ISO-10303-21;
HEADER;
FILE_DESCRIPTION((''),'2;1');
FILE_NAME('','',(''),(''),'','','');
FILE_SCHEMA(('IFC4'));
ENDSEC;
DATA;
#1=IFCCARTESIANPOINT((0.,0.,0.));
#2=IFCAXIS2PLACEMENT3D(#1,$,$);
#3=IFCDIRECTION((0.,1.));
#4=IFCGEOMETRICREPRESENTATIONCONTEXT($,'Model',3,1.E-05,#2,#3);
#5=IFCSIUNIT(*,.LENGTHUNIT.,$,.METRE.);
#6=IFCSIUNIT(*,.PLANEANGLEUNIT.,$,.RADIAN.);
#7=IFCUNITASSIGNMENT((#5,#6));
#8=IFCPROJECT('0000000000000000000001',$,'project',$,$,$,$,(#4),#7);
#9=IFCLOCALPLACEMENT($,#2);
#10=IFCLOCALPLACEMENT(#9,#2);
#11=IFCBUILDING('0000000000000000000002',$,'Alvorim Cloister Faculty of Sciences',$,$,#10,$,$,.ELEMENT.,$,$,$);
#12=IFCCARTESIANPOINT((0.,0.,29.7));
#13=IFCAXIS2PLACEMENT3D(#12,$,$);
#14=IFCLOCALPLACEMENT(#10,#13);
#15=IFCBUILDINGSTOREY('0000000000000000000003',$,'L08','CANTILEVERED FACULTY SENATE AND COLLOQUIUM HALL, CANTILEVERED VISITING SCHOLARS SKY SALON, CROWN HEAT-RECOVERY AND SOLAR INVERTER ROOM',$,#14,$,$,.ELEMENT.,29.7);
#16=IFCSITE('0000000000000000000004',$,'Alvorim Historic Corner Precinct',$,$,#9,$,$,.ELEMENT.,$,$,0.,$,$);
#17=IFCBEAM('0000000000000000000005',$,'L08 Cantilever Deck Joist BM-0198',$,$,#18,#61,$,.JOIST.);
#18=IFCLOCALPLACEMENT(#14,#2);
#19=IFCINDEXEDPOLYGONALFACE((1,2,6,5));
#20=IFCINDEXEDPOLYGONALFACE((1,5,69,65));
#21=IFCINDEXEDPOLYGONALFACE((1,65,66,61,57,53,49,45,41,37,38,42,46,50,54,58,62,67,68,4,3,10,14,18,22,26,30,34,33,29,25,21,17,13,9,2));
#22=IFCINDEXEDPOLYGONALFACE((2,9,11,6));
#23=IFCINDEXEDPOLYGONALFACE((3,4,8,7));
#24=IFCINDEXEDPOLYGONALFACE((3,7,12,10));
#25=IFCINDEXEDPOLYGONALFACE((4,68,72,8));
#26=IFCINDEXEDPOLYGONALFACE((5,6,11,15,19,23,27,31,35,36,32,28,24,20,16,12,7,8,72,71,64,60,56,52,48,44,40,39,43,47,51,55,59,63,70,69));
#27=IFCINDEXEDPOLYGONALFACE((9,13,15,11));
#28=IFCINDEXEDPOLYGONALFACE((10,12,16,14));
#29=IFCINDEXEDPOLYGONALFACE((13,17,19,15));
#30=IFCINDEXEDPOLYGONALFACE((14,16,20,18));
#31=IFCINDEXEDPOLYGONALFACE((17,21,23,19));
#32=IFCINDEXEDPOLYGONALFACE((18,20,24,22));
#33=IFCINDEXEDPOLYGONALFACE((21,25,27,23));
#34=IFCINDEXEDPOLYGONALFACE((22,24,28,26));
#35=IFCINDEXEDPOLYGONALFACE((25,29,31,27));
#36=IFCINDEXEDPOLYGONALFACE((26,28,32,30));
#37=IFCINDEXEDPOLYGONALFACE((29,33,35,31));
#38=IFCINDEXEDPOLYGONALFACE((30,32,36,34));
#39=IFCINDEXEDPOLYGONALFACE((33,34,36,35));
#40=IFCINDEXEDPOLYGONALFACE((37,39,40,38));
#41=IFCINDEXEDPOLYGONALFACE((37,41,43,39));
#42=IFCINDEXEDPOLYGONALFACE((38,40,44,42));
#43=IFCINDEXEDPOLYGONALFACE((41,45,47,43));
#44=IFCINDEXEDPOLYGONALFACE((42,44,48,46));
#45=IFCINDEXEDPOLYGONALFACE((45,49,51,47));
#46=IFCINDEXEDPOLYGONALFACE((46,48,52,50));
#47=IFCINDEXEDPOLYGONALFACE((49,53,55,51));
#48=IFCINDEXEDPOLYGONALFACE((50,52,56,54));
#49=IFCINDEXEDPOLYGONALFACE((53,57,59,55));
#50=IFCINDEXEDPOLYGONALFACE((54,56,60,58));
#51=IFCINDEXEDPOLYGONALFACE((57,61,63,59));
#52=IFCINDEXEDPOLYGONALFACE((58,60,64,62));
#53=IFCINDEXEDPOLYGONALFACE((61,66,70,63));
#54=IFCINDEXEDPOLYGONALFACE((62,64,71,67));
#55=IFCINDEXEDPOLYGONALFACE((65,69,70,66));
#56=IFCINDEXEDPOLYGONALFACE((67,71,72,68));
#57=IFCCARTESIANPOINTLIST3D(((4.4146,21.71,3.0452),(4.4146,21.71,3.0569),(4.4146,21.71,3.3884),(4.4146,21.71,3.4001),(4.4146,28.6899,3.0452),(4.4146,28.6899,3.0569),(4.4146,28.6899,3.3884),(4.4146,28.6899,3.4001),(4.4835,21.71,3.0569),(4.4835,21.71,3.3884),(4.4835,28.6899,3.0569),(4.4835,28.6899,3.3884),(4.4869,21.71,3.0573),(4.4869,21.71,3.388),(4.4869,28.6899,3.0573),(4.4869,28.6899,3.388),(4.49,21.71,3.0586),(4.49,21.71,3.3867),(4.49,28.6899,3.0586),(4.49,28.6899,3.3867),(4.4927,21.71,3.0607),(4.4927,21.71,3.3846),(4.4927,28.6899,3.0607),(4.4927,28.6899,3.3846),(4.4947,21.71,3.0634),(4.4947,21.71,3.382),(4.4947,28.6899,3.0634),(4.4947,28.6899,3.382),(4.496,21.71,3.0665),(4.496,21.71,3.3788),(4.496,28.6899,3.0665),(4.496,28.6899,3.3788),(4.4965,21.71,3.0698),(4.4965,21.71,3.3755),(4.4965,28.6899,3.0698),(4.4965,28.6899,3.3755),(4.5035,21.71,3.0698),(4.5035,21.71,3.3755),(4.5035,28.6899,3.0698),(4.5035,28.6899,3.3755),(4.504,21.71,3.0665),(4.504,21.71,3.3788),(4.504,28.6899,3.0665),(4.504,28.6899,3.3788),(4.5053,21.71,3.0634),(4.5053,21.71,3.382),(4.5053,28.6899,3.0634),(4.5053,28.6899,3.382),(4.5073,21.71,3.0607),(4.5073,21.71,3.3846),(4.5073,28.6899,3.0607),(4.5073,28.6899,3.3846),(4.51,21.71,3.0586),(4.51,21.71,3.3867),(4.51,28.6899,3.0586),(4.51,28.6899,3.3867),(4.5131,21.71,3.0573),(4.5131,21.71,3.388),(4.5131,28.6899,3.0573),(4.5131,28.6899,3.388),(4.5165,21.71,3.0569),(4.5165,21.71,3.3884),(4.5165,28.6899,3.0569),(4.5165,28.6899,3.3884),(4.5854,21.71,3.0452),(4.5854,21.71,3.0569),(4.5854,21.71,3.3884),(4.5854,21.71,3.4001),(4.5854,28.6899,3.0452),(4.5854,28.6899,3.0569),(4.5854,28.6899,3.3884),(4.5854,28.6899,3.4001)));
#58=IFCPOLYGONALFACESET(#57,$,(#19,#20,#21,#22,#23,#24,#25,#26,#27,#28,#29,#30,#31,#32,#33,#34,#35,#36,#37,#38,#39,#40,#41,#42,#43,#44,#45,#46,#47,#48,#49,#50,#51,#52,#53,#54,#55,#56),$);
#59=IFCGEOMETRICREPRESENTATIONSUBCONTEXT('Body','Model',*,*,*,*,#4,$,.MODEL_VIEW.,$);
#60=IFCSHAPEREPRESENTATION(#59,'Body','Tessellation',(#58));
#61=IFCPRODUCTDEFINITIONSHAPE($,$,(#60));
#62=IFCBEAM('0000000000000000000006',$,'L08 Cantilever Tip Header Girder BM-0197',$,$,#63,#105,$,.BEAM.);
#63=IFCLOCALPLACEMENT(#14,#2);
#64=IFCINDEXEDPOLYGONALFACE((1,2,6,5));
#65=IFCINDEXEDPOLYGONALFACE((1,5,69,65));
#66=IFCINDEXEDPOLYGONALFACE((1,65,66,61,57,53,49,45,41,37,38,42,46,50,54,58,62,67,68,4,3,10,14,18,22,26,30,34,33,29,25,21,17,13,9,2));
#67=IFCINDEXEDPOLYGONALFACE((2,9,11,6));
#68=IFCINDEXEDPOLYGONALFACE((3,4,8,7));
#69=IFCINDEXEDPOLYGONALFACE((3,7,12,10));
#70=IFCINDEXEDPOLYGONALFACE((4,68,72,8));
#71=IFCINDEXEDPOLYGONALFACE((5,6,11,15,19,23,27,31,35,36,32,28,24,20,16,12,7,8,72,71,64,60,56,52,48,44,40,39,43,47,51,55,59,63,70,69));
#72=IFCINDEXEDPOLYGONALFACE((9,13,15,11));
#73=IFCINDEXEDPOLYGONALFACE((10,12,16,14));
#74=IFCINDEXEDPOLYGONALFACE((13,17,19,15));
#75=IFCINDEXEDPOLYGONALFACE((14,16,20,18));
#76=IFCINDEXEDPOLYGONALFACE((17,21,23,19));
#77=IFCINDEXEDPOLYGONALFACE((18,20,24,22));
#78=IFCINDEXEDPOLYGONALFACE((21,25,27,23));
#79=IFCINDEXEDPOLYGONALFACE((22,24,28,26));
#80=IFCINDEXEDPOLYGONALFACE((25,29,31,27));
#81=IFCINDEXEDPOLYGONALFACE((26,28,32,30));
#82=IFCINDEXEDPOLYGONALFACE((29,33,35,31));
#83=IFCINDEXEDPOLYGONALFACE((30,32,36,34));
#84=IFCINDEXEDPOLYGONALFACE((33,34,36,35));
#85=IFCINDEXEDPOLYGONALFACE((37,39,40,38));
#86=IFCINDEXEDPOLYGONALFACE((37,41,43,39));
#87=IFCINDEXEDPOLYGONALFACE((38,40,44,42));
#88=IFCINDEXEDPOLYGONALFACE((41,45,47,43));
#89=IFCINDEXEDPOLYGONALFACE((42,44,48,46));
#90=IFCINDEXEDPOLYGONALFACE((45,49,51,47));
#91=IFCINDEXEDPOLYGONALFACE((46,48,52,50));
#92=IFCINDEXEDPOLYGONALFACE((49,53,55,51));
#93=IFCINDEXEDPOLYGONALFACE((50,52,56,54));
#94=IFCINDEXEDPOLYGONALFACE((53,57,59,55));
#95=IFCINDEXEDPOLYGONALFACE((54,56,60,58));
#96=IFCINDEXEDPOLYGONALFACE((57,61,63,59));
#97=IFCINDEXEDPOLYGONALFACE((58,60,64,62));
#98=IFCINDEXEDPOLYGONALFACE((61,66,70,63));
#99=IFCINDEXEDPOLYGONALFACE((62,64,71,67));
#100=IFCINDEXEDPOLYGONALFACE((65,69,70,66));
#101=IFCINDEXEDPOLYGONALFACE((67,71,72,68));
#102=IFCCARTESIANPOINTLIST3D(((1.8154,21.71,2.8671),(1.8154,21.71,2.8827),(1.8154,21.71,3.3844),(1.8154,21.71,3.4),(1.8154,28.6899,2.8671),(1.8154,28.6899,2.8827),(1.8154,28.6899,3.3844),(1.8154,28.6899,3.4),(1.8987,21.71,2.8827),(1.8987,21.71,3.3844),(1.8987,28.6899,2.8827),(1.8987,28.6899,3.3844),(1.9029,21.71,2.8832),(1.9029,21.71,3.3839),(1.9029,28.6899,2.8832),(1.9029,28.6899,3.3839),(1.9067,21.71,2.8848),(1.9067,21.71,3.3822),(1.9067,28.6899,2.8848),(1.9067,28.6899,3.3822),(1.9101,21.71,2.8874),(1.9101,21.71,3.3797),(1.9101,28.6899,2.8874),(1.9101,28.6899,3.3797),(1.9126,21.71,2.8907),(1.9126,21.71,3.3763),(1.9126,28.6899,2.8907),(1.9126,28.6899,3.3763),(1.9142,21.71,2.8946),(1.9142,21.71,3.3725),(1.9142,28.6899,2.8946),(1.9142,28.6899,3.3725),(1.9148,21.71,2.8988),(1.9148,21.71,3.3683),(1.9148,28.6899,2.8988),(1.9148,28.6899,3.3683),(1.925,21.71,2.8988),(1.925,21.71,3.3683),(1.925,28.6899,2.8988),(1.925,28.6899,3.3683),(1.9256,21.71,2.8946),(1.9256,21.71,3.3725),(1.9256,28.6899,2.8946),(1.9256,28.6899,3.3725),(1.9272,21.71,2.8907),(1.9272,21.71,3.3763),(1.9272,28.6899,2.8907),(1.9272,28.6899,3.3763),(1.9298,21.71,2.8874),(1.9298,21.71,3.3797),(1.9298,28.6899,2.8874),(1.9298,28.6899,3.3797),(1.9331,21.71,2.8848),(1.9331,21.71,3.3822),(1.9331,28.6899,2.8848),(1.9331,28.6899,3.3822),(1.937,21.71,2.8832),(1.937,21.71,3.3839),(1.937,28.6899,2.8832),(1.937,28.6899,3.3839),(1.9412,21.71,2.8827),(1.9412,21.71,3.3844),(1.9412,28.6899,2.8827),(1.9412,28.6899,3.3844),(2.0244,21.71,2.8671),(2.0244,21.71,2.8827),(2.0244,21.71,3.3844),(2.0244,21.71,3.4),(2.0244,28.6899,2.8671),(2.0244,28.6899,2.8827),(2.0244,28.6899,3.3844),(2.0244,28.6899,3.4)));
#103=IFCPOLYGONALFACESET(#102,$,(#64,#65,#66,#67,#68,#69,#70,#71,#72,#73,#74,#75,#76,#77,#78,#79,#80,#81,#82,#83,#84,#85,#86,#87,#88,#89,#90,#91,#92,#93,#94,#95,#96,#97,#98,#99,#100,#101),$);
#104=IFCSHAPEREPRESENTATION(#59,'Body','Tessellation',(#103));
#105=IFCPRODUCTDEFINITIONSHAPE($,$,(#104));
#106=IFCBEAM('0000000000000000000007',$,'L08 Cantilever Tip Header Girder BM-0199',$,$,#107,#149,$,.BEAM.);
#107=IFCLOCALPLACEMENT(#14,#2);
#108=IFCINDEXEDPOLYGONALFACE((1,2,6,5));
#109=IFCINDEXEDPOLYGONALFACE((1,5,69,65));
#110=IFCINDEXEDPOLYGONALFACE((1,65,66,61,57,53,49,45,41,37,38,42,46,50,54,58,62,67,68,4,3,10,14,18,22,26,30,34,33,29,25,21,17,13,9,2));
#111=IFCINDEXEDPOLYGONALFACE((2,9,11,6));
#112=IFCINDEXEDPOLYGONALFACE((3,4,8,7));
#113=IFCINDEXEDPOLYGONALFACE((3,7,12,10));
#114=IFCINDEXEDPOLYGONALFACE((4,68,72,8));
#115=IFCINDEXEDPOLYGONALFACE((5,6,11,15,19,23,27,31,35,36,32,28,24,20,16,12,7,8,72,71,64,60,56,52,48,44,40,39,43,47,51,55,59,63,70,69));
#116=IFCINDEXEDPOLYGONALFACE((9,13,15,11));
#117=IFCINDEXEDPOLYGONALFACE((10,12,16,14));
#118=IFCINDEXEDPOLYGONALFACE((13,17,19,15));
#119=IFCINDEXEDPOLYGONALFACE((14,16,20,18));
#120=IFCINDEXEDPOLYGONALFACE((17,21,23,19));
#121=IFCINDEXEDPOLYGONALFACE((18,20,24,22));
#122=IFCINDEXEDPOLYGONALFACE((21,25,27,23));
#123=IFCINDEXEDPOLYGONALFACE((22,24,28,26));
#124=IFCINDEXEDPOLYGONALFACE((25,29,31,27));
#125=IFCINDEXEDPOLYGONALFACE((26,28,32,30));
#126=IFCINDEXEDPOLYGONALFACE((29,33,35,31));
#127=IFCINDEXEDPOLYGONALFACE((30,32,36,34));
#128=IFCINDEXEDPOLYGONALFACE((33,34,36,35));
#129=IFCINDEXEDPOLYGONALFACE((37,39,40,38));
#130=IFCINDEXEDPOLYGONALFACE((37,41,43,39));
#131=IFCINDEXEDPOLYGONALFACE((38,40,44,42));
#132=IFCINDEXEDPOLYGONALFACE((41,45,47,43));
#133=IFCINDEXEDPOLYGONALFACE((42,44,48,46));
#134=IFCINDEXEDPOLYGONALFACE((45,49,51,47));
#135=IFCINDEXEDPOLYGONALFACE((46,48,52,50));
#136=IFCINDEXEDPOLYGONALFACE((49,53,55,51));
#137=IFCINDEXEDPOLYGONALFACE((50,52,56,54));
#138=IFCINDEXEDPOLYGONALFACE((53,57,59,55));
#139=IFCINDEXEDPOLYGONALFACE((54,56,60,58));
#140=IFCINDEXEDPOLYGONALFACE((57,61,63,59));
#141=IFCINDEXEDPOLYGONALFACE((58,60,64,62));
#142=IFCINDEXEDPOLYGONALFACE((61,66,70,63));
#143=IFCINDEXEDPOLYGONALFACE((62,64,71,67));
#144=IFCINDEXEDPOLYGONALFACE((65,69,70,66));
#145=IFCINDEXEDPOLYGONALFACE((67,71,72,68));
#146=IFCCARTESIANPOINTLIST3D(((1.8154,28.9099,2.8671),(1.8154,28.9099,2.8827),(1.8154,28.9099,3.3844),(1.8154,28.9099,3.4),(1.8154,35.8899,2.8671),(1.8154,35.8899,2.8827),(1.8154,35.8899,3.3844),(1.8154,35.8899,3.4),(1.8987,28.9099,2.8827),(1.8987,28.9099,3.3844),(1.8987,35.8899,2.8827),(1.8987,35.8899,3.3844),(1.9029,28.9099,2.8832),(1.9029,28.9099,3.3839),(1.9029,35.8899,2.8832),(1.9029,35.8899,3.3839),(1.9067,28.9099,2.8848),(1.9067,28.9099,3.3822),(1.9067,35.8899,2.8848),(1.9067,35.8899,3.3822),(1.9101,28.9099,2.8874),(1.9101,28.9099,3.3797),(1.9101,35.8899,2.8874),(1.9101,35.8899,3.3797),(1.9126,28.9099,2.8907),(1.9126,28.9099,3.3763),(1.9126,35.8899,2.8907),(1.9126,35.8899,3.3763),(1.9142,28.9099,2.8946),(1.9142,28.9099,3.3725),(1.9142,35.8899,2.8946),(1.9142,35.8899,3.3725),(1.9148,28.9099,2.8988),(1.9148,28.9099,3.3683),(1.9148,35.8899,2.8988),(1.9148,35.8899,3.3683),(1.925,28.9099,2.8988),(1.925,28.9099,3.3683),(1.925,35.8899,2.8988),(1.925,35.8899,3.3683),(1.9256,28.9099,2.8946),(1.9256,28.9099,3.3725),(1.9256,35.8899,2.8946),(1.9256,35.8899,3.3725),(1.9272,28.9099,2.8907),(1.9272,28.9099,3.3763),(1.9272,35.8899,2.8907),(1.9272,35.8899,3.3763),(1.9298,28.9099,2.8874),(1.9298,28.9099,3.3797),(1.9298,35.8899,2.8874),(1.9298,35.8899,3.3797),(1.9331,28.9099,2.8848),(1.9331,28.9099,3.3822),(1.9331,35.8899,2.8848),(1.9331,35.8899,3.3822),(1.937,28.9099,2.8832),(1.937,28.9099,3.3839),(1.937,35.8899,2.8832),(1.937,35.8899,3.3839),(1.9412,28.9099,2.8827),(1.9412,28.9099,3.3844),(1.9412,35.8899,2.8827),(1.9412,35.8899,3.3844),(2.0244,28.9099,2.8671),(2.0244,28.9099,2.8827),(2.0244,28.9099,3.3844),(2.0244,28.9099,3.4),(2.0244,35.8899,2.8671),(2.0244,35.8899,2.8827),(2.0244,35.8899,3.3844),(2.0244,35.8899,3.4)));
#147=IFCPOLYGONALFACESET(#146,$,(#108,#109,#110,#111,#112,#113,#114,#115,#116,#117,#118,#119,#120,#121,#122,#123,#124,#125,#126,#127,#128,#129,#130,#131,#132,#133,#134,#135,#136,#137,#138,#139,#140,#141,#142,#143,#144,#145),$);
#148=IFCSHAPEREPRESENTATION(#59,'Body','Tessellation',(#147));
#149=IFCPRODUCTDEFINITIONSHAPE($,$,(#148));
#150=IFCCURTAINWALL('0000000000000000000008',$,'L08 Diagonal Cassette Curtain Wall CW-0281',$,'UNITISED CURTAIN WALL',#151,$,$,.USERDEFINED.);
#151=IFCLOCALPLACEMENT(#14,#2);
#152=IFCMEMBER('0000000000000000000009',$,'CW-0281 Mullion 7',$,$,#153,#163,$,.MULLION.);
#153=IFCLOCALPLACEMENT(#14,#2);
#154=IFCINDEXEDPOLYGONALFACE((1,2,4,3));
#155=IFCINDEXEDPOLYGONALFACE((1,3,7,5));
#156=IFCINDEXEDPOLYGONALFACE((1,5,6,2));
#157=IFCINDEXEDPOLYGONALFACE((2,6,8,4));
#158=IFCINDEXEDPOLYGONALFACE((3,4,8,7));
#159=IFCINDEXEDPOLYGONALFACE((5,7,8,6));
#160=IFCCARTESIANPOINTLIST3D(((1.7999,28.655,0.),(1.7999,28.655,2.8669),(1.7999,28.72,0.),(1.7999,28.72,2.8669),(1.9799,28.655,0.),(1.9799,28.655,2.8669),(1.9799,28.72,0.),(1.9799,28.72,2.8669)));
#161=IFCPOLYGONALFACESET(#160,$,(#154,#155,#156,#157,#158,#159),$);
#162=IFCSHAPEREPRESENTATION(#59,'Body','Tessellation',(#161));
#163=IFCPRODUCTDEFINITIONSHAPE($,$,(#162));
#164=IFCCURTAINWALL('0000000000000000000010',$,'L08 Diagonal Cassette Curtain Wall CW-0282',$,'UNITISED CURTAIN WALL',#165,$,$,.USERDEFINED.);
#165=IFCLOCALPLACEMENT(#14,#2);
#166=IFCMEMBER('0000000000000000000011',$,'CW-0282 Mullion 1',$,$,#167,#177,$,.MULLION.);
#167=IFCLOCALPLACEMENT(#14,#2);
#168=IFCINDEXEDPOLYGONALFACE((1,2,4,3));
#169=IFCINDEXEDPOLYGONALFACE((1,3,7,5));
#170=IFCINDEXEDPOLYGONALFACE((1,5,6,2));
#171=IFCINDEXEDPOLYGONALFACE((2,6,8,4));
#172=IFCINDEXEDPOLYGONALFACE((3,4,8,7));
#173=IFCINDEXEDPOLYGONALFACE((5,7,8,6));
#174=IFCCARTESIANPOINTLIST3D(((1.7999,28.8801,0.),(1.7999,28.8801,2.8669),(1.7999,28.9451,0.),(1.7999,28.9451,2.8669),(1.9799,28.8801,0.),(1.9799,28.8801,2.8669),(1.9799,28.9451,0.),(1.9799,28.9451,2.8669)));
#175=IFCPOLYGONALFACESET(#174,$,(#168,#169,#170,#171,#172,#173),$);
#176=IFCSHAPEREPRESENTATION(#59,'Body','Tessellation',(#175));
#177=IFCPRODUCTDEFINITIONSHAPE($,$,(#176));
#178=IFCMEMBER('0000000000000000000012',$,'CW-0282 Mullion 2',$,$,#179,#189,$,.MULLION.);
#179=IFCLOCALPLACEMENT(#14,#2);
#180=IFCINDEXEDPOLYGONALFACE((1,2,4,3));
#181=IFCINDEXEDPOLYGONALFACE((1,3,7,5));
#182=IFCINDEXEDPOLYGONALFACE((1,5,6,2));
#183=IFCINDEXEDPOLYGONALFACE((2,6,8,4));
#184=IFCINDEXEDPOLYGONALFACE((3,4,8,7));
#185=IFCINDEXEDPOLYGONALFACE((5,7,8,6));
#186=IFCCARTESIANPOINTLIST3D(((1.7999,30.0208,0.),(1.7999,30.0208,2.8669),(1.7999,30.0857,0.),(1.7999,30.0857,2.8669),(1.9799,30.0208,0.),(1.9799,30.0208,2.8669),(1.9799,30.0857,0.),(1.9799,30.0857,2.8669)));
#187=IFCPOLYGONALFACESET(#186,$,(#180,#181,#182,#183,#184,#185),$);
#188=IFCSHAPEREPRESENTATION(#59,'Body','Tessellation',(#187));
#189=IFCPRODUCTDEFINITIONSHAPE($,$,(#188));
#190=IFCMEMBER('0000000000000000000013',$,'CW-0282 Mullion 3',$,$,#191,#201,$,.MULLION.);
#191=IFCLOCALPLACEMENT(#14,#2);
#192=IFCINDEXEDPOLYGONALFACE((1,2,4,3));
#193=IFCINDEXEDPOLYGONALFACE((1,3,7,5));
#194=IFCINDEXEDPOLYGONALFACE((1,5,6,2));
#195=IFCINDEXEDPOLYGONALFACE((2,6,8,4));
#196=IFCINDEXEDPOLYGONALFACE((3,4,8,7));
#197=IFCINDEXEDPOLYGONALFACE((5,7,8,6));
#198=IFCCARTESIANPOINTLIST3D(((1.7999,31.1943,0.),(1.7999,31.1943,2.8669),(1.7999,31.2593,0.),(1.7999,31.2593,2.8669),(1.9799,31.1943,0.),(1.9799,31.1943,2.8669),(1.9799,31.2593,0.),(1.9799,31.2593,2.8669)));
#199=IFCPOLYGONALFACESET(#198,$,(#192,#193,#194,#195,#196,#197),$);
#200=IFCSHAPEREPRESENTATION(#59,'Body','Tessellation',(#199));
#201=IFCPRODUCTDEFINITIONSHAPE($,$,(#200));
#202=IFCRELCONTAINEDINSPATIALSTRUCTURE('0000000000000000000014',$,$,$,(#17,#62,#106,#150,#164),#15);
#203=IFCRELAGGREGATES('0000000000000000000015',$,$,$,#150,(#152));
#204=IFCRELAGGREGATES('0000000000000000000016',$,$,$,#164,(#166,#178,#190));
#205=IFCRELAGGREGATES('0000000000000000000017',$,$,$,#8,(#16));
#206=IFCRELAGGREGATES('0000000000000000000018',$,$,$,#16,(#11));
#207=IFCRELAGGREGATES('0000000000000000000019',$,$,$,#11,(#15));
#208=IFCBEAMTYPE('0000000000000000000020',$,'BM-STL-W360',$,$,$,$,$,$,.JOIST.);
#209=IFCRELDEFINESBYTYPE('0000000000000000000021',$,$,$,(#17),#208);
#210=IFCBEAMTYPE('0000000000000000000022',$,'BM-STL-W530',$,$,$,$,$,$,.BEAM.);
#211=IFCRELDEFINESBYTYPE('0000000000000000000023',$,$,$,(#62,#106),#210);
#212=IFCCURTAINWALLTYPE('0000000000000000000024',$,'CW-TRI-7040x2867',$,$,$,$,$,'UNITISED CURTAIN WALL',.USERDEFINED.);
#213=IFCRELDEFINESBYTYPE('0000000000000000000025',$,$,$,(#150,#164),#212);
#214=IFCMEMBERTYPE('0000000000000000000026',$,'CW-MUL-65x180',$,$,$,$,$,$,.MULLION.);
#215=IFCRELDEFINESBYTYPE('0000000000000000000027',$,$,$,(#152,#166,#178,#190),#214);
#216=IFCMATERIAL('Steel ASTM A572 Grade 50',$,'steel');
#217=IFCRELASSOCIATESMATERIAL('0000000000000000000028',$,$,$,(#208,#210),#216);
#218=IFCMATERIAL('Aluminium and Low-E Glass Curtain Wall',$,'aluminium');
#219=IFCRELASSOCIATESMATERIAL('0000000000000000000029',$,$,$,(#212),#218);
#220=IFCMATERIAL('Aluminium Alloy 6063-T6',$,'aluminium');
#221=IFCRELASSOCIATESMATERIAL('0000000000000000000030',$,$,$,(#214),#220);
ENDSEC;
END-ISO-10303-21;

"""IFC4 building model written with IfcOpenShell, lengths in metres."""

from ifc_helpers import new_model, si_unit, direction, frame, origin, origin_2d, place, context, subcontext, project, spatial, rectangle, i_section, extrude, material, material_profile, profile_set, type_object, element, aggregate, save


model = new_model("IFC4")

# Units and contexts
model_context = context("Model", 3, precision=1e-05, world=origin(), true_north=direction((0.0, 1.0)))
body_context = subcontext(model_context, "Body", "Model", "MODEL_VIEW")
ifc_project = project(units=[si_unit("LENGTHUNIT", "METRE"), si_unit("PLANEANGLEUNIT", "RADIAN")], contexts=[model_context])

# Site, building, storey
site_placement = place(None, origin())
site = spatial("IfcSite", under=ifc_project, at=site_placement, Name="Alvorim Historic Corner Precinct", CompositionType="ELEMENT", RefElevation=0.0)
building_placement = place(site_placement, origin())
building = spatial("IfcBuilding", under=site, at=building_placement, Name="Alvorim Cloister Faculty of Sciences", CompositionType="ELEMENT")
storey_placement = place(building_placement, frame((0.0, 0.0, 29.7)))
storey = spatial("IfcBuildingStorey", under=building, at=storey_placement, Name="L08", Description="CANTILEVERED FACULTY SENATE AND COLLOQUIUM HALL, CANTILEVERED VISITING SCHOLARS SKY SALON, CROWN HEAT-RECOVERY AND SOLAR INVERTER ROOM", CompositionType="ELEMENT", Elevation=29.7)

# Beams
ifc_material_1 = material(Name="Steel ASTM A572 Grade 50", Category="steel")
ifc_material_profile_1 = material_profile(ifc_material_1, i_section(OverallWidth=0.1709, OverallDepth=0.355, WebThickness=0.0071, FlangeThickness=0.0117, FilletRadius=0.0129, at=origin_2d()), Name="W360x51.0")
ifc_profile_set_1 = profile_set([ifc_material_profile_1], Name="Steel ASTM A572 Grade 50")
beam_type_1 = type_object("IfcBeamType", Name="BM-STL-W360", PredefinedType="JOIST", material=ifc_profile_set_1)
beam_placement = place(storey_placement, frame((4.5, 21.71, 3.2227), z_axis=(0.0, 1.0, 0.0), x_axis=(-1.0, 0.0, 0.0)))
element("IfcBeam", 1, at=beam_placement, inside=storey, type_object=beam_type_1, Name="L08 Cantilever Deck Joist BM-0198", PredefinedType="JOIST", context=body_context, shape_type="SweptSolid", body=[
    extrude(i_section(OverallWidth=0.1709, OverallDepth=0.355, WebThickness=0.0071, FlangeThickness=0.0117, FilletRadius=0.0129, at=origin_2d()), origin(), (0.0, 0.0, 1.0), 6.98),
])
ifc_material_profile_2 = material_profile(ifc_material_1, i_section(OverallWidth=0.209, OverallDepth=0.533, WebThickness=0.0103, FlangeThickness=0.0156, FilletRadius=0.0161, at=origin_2d()), Name="W530x92.0")
ifc_profile_set_2 = profile_set([ifc_material_profile_2], Name="Steel ASTM A572 Grade 50")
beam_type_2 = type_object("IfcBeamType", Name="BM-STL-W530", PredefinedType="BEAM", material=ifc_profile_set_2)
for number, where, z_axis, x_axis, name in (
    (2, (1.9199, 21.71, 3.1335), (0.0, 1.0, 0.0), (-1.0, 0.0, 0.0), "L08 Cantilever Tip Header Girder BM-0197"),
    (3, (1.9199, 28.9099, 3.1335), (0.0, 1.0, 0.0), (-1.0, 0.0, 0.0), "L08 Cantilever Tip Header Girder BM-0199"),
):
    element("IfcBeam", number, at=place(storey_placement, frame(where, z_axis=z_axis, x_axis=x_axis)), inside=storey, type_object=beam_type_2, Name=name, PredefinedType="BEAM", context=body_context, shape_type="SweptSolid", body=[
        extrude(i_section(OverallWidth=0.209, OverallDepth=0.533, WebThickness=0.0103, FlangeThickness=0.0156, FilletRadius=0.0161, at=origin_2d()), origin(), (0.0, 0.0, 1.0), 6.98),
    ])

# Curtain wall, member
ifc_material_2 = material(Name="Aluminium and Low-E Glass Curtain Wall", Category="aluminium")
curtain_wall_type = type_object("IfcCurtainWallType", Name="CW-TRI-7040x2867", ElementType="UNITISED CURTAIN WALL", PredefinedType="USERDEFINED", material=ifc_material_2)
curtain_wall_1_placement = place(storey_placement, origin())
curtain_wall_1 = element("IfcCurtainWall", 4, at=curtain_wall_1_placement, inside=storey, type_object=curtain_wall_type, Name="L08 Diagonal Cassette Curtain Wall CW-0281", ObjectType="UNITISED CURTAIN WALL", PredefinedType="USERDEFINED")
ifc_material_3 = material(Name="Aluminium Alloy 6063-T6", Category="aluminium")
ifc_material_profile_3 = material_profile(ifc_material_3, rectangle(XDim=0.0649, YDim=0.1799, at=origin_2d()), Name="ALU-MUL-65x180")
ifc_profile_set_3 = profile_set([ifc_material_profile_3], Name="Aluminium Alloy 6063-T6")
member_type_1 = type_object("IfcMemberType", Name="CW-MUL-65x180", PredefinedType="MULLION", material=ifc_profile_set_3)
member_1_placement = place(storey_placement, frame((1.8899, 28.6875, 0.0), z_axis=(0.0, 0.0, 1.0), x_axis=(0.0, 1.0, 0.0)))
member_1 = element("IfcMember", 5, at=member_1_placement, type_object=member_type_1, Name="CW-0281 Mullion 7", PredefinedType="MULLION", context=body_context, shape_type="SweptSolid", body=[
    extrude(rectangle(XDim=0.0649, YDim=0.1799, at=origin_2d()), origin(), (0.0, 0.0, 1.0), 2.8669),
])

# Curtain wall, members
curtain_wall_2_placement = place(storey_placement, origin())
curtain_wall_2 = element("IfcCurtainWall", 6, at=curtain_wall_2_placement, inside=storey, type_object=curtain_wall_type, Name="L08 Diagonal Cassette Curtain Wall CW-0282", ObjectType="UNITISED CURTAIN WALL", PredefinedType="USERDEFINED")
member_2_placement = place(storey_placement, frame((1.8899, 28.9126, 0.0), z_axis=(0.0, 0.0, 1.0), x_axis=(0.0, 1.0, 0.0)))
member_2 = element("IfcMember", 7, at=member_2_placement, type_object=member_type_1, Name="CW-0282 Mullion 1", PredefinedType="MULLION", context=body_context, shape_type="SweptSolid", body=[
    extrude(rectangle(XDim=0.0649, YDim=0.1799, at=origin_2d()), origin(), (0.0, 0.0, 1.0), 2.8669),
])
member_3_placement = place(storey_placement, frame((1.8899, 30.0532, 0.0), z_axis=(0.0, 0.0, 1.0), x_axis=(0.0, 1.0, 0.0)))
member_3 = element("IfcMember", 8, at=member_3_placement, type_object=member_type_1, Name="CW-0282 Mullion 2", PredefinedType="MULLION", context=body_context, shape_type="SweptSolid", body=[
    extrude(rectangle(XDim=0.0649, YDim=0.1799, at=origin_2d()), origin(), (0.0, 0.0, 1.0), 2.8669),
])
member_4_placement = place(storey_placement, frame((1.8899, 31.2268, 0.0), z_axis=(0.0, 0.0, 1.0), x_axis=(0.0, 1.0, 0.0)))
member_4 = element("IfcMember", 9, at=member_4_placement, type_object=member_type_1, Name="CW-0282 Mullion 3", PredefinedType="MULLION", context=body_context, shape_type="SweptSolid", body=[
    extrude(rectangle(XDim=0.0649, YDim=0.1799, at=origin_2d()), origin(), (0.0, 0.0, 1.0), 2.8669),
])

aggregate(curtain_wall_1, [member_1])
aggregate(curtain_wall_2, [member_2, member_3, member_4])

save(model, "model.ifc")
